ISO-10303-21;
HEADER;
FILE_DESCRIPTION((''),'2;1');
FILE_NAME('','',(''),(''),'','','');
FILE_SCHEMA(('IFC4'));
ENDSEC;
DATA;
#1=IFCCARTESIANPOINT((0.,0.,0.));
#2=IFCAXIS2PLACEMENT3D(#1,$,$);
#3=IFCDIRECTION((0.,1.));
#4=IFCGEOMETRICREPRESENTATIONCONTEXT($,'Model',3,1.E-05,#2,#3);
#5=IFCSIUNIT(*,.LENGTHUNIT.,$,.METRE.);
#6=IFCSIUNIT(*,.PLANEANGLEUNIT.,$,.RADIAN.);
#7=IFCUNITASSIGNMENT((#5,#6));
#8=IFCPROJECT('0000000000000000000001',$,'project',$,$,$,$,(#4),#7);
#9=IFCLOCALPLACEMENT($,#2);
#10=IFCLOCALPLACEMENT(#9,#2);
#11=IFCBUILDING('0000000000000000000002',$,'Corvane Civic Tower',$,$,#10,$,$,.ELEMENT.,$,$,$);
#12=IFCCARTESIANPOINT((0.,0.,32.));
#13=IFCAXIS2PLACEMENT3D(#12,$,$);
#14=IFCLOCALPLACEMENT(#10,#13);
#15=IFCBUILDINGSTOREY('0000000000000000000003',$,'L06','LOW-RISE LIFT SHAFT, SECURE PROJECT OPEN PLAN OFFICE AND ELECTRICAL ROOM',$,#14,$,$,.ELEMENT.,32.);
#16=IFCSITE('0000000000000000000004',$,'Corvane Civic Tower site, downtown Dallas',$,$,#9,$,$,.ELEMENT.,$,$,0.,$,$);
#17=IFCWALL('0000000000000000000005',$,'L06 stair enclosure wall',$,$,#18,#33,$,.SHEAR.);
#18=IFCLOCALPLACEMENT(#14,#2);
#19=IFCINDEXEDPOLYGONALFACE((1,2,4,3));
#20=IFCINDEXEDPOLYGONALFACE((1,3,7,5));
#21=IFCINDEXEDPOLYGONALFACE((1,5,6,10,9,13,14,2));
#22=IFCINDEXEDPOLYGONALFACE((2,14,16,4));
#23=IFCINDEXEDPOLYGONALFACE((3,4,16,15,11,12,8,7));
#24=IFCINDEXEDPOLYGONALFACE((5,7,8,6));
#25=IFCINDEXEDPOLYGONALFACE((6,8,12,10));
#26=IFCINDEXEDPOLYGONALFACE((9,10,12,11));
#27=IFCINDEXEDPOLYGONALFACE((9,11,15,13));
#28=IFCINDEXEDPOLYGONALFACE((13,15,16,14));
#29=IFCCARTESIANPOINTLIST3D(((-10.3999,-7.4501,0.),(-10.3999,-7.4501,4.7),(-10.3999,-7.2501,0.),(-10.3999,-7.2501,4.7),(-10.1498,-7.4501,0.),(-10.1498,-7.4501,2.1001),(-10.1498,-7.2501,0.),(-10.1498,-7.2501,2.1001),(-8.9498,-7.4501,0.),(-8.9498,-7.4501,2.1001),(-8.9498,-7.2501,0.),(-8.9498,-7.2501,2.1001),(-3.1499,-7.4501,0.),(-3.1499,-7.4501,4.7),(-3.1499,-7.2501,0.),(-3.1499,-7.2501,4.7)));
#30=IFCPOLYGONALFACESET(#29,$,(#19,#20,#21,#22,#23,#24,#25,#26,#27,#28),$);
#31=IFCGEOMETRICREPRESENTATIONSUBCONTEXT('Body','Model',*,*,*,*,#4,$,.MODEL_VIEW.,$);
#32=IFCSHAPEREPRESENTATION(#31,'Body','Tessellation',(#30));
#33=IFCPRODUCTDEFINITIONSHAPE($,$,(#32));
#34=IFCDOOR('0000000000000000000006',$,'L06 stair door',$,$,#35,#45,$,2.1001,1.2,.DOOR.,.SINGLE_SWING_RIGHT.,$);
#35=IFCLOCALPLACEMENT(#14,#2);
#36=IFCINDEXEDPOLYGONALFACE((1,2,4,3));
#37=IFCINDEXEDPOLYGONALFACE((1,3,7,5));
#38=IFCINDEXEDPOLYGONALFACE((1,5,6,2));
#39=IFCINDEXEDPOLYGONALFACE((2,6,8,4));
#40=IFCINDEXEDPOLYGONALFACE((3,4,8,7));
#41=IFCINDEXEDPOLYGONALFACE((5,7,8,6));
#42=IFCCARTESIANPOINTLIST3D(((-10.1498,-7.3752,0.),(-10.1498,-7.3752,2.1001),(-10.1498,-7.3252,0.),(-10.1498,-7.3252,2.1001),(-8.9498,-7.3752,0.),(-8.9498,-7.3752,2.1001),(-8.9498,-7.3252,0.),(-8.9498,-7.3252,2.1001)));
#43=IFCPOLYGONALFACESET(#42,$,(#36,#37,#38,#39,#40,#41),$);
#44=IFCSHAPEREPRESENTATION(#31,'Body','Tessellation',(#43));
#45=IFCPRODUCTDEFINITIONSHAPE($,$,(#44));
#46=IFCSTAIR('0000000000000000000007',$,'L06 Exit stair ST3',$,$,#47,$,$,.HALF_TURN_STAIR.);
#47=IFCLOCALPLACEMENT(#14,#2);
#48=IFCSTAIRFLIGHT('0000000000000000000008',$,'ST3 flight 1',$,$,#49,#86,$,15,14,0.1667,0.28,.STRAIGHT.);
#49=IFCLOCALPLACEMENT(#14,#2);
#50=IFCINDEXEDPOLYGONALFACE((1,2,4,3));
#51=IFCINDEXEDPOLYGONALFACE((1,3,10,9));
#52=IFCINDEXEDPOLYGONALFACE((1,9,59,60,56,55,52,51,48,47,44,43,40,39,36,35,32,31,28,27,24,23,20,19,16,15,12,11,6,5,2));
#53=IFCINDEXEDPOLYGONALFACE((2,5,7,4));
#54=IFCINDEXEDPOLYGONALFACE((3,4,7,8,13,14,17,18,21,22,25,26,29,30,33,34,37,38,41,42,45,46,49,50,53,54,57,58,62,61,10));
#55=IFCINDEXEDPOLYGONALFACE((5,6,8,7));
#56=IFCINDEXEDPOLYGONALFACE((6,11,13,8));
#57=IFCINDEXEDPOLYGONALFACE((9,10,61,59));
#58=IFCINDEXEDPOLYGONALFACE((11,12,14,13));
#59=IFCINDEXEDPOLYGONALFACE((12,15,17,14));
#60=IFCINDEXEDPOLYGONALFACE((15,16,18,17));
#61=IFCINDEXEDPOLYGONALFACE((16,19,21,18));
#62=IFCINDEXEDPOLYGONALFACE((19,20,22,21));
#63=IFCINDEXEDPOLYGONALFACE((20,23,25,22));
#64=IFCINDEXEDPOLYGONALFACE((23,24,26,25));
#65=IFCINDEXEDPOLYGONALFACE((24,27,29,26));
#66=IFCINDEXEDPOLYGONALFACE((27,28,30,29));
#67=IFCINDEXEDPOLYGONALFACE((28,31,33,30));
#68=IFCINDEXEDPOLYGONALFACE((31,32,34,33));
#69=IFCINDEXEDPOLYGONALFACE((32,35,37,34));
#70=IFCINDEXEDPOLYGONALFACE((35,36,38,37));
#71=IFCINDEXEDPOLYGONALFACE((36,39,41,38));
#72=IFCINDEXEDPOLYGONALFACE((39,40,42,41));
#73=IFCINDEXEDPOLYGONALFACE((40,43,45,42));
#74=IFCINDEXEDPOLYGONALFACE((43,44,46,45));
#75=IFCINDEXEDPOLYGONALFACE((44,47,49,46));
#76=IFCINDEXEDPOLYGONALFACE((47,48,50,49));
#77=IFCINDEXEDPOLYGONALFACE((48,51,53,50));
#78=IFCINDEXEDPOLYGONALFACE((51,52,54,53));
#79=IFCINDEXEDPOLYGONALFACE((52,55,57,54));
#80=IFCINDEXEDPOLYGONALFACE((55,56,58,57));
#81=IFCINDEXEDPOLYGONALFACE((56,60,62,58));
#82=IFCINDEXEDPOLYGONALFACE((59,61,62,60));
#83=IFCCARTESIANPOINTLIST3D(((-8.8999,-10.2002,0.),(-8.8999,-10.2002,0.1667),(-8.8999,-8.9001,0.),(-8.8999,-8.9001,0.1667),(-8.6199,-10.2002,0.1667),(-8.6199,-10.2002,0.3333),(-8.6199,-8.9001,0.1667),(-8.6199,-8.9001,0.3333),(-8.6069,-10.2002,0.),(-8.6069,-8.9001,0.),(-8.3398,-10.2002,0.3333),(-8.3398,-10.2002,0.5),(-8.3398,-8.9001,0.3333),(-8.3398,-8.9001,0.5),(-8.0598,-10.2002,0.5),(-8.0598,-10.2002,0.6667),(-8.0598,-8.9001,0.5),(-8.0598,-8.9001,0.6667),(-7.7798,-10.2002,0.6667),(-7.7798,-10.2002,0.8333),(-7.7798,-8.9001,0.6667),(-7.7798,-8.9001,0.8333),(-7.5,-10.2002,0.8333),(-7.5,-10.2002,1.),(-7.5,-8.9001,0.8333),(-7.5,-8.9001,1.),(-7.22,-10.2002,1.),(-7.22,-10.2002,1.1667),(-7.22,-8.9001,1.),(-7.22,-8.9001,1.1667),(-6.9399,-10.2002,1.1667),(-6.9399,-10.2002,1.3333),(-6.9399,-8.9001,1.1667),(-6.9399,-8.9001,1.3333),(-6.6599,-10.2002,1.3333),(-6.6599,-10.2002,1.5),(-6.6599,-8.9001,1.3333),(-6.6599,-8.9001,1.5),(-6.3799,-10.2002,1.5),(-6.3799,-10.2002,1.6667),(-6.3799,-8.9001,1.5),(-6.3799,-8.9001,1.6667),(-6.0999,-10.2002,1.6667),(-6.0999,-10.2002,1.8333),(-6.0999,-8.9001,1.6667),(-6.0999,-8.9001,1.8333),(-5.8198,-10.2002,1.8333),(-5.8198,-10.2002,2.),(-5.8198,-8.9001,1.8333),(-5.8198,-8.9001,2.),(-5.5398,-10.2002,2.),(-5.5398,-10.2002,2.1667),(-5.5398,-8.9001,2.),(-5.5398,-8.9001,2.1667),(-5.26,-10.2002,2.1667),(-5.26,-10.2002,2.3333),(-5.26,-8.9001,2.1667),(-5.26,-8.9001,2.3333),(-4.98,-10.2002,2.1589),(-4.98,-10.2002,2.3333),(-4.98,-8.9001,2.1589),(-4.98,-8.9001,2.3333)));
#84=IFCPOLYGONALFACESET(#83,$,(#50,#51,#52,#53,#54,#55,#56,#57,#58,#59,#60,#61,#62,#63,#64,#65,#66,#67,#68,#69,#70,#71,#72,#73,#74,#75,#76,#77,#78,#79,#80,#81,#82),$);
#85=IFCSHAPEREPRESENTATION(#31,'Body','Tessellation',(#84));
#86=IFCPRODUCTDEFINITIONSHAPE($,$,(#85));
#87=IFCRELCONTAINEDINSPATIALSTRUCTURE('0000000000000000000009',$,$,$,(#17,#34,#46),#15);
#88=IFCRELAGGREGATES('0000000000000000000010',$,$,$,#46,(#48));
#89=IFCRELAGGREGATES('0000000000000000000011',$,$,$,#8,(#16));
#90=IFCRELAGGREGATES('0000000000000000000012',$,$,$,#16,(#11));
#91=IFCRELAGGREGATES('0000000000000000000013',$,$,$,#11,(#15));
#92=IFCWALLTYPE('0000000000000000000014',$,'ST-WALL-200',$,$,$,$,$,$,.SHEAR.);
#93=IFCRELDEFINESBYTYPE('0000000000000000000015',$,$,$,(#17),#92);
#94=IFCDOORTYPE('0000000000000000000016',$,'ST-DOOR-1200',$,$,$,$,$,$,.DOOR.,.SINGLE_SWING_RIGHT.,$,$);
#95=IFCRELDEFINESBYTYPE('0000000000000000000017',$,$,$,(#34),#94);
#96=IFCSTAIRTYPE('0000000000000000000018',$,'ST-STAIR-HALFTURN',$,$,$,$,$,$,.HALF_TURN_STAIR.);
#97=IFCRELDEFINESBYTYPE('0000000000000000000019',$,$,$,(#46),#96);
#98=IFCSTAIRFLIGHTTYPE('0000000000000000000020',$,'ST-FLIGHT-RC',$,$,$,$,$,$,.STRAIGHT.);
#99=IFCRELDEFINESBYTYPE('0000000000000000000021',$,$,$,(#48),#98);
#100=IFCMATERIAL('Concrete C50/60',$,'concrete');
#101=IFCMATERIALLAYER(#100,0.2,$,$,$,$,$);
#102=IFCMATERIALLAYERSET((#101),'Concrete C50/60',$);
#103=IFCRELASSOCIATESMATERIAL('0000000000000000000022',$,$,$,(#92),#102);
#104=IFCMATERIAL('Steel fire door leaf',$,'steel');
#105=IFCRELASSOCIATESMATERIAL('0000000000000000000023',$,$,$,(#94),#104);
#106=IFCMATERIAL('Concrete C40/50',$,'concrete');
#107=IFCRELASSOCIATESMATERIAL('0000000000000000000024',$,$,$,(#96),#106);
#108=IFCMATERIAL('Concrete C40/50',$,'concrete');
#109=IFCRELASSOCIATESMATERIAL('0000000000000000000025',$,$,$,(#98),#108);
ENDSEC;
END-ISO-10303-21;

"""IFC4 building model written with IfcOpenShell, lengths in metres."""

from ifc_helpers import new_model, si_unit, direction, frame, frame_2d, origin, place, context, subcontext, project, spatial, polyline, rectangle, outline, extrude, material, layer, layer_set, type_object, element, fill, aggregate, save


model = new_model("IFC4")

# Units and contexts
model_context = context("Model", 3, precision=1e-05, world=origin(), true_north=direction((0.0, 1.0)))
body_context = subcontext(model_context, "Body", "Model", "MODEL_VIEW")
ifc_project = project(units=[si_unit("LENGTHUNIT", "METRE"), si_unit("PLANEANGLEUNIT", "RADIAN")], contexts=[model_context])

# Site, building, storey
site_placement = place(None, origin())
site = spatial("IfcSite", under=ifc_project, at=site_placement, Name="Corvane Civic Tower site, downtown Dallas", CompositionType="ELEMENT", RefElevation=0.0)
building_placement = place(site_placement, origin())
building = spatial("IfcBuilding", under=site, at=building_placement, Name="Corvane Civic Tower", CompositionType="ELEMENT")
storey_placement = place(building_placement, frame((0.0, 0.0, 32.0)))
storey = spatial("IfcBuildingStorey", under=building, at=storey_placement, Name="L06", Description="LOW-RISE LIFT SHAFT, SECURE PROJECT OPEN PLAN OFFICE AND ELECTRICAL ROOM", CompositionType="ELEMENT", Elevation=32.0)

# Wall, opening, door
ifc_material_1 = material(Name="Concrete C50/60", Category="concrete")
ifc_layer_1 = layer(ifc_material_1, 0.2)
ifc_layer_set_1 = layer_set([ifc_layer_1], Name="Concrete C50/60")
wall_type_1 = type_object("IfcWallType", Name="ST-WALL-200", PredefinedType="SHEAR", material=ifc_layer_set_1)
wall_1_placement = place(storey_placement, frame((-10.3999, -7.3501, 0.0), z_axis=(0.0, 0.0, 1.0), x_axis=(1.0, 0.0, 0.0)))
wall_1 = element("IfcWall", 1, at=wall_1_placement, inside=storey, type_object=wall_type_1, Name="L06 stair enclosure wall", PredefinedType="SHEAR", context=body_context, shape_type="SweptSolid", body=[
    extrude(rectangle(XDim=7.25, YDim=0.2, at=frame_2d((3.625, 0.0))), origin(), (0.0, 0.0, 1.0), 4.7),
])
opening_1_placement = place(wall_1_placement, frame((0.25, 0.0, 0.0)))
opening_1 = element("IfcOpeningElement", 2, at=opening_1_placement, cuts=wall_1, PredefinedType="OPENING", context=body_context, shape_type="SweptSolid", body=[
    extrude(rectangle(XDim=1.2, YDim=2.1001, at=frame_2d((0.6001, 1.05))), frame((0.0, 0.1099, 0.0), z_axis=(0.0, -1.0, 0.0), x_axis=(1.0, 0.0, 0.0)), (0.0, 0.0, 1.0), 0.22),
])
ifc_material_2 = material(Name="Steel fire door leaf", Category="steel")
door_type_1 = type_object("IfcDoorType", Name="ST-DOOR-1200", OperationType="SINGLE_SWING_RIGHT", PredefinedType="DOOR", material=ifc_material_2)
door_1_placement = place(opening_1_placement, origin())
door_1 = element("IfcDoor", 3, at=door_1_placement, inside=storey, type_object=door_type_1, Name="L06 stair door", OperationType="SINGLE_SWING_RIGHT", OverallHeight=2.1001, OverallWidth=1.2, PredefinedType="DOOR", context=body_context, shape_type="SweptSolid", body=[
    extrude(rectangle(XDim=1.2, YDim=2.1001, at=frame_2d((0.6001, 1.05))), frame((0.0, 0.0249, 0.0), z_axis=(0.0, -1.0, 0.0), x_axis=(1.0, 0.0, 0.0)), (0.0, 0.0, 1.0), 0.05),
])
fill(opening_1, door_1)

# Stair, stair flight
ifc_material_3 = material(Name="Concrete C40/50", Category="concrete")
stair_type = type_object("IfcStairType", Name="ST-STAIR-HALFTURN", PredefinedType="HALF_TURN_STAIR", material=ifc_material_3)
stair_placement = place(storey_placement, origin())
stair = element("IfcStair", 4, at=stair_placement, inside=storey, type_object=stair_type, Name="L06 Exit stair ST3", PredefinedType="HALF_TURN_STAIR")
ifc_material_4 = material(Name="Concrete C40/50", Category="concrete")
stair_flight_type = type_object("IfcStairFlightType", Name="ST-FLIGHT-RC", PredefinedType="STRAIGHT", material=ifc_material_4)
stair_flight_placement = place(storey_placement, frame((-8.8999, -9.55, 0.0), z_axis=(0.0, 0.0, 1.0), x_axis=(1.0, 0.0, 0.0)))
stair_flight = element("IfcStairFlight", 5, at=stair_flight_placement, type_object=stair_flight_type, Name="ST3 flight 1", NumberOfRisers=15, NumberOfTreads=14, PredefinedType="STRAIGHT", RiserHeight=0.1667, TreadLength=0.28, context=body_context, shape_type="SweptSolid", body=[
    extrude(outline(polyline([(0.0, 0.0), (0.0, 0.1667), (0.28, 0.1667), (0.28, 0.3333), (0.5601, 0.3333), (0.5601, 0.5), (0.8401, 0.5), (0.8401, 0.6667), (1.1201, 0.6667), (1.1201, 0.8333), (1.3999, 0.8333), (1.3999, 1.0), (1.6799, 1.0), (1.6799, 1.1667), (1.96, 1.1667), (1.96, 1.3333), (2.24, 1.3333), (2.24, 1.5), (2.52, 1.5), (2.52, 1.6667), (2.8, 1.6667), (2.8, 1.8333), (3.0801, 1.8333), (3.0801, 2.0), (3.3601, 2.0), (3.3601, 2.1667), (3.6399, 2.1667), (3.6399, 2.3333), (3.9199, 2.3333), (3.9199, 2.5), (3.9199, 2.1589), (0.293, 0.0), (0.0, 0.0)])), frame((0.0, 0.6499, 0.0), z_axis=(0.0, -1.0, 0.0), x_axis=(1.0, 0.0, 0.0)), (0.0, 0.0, 1.0), 1.3),
])
aggregate(stair, [stair_flight])

save(model, "model.ifc")
